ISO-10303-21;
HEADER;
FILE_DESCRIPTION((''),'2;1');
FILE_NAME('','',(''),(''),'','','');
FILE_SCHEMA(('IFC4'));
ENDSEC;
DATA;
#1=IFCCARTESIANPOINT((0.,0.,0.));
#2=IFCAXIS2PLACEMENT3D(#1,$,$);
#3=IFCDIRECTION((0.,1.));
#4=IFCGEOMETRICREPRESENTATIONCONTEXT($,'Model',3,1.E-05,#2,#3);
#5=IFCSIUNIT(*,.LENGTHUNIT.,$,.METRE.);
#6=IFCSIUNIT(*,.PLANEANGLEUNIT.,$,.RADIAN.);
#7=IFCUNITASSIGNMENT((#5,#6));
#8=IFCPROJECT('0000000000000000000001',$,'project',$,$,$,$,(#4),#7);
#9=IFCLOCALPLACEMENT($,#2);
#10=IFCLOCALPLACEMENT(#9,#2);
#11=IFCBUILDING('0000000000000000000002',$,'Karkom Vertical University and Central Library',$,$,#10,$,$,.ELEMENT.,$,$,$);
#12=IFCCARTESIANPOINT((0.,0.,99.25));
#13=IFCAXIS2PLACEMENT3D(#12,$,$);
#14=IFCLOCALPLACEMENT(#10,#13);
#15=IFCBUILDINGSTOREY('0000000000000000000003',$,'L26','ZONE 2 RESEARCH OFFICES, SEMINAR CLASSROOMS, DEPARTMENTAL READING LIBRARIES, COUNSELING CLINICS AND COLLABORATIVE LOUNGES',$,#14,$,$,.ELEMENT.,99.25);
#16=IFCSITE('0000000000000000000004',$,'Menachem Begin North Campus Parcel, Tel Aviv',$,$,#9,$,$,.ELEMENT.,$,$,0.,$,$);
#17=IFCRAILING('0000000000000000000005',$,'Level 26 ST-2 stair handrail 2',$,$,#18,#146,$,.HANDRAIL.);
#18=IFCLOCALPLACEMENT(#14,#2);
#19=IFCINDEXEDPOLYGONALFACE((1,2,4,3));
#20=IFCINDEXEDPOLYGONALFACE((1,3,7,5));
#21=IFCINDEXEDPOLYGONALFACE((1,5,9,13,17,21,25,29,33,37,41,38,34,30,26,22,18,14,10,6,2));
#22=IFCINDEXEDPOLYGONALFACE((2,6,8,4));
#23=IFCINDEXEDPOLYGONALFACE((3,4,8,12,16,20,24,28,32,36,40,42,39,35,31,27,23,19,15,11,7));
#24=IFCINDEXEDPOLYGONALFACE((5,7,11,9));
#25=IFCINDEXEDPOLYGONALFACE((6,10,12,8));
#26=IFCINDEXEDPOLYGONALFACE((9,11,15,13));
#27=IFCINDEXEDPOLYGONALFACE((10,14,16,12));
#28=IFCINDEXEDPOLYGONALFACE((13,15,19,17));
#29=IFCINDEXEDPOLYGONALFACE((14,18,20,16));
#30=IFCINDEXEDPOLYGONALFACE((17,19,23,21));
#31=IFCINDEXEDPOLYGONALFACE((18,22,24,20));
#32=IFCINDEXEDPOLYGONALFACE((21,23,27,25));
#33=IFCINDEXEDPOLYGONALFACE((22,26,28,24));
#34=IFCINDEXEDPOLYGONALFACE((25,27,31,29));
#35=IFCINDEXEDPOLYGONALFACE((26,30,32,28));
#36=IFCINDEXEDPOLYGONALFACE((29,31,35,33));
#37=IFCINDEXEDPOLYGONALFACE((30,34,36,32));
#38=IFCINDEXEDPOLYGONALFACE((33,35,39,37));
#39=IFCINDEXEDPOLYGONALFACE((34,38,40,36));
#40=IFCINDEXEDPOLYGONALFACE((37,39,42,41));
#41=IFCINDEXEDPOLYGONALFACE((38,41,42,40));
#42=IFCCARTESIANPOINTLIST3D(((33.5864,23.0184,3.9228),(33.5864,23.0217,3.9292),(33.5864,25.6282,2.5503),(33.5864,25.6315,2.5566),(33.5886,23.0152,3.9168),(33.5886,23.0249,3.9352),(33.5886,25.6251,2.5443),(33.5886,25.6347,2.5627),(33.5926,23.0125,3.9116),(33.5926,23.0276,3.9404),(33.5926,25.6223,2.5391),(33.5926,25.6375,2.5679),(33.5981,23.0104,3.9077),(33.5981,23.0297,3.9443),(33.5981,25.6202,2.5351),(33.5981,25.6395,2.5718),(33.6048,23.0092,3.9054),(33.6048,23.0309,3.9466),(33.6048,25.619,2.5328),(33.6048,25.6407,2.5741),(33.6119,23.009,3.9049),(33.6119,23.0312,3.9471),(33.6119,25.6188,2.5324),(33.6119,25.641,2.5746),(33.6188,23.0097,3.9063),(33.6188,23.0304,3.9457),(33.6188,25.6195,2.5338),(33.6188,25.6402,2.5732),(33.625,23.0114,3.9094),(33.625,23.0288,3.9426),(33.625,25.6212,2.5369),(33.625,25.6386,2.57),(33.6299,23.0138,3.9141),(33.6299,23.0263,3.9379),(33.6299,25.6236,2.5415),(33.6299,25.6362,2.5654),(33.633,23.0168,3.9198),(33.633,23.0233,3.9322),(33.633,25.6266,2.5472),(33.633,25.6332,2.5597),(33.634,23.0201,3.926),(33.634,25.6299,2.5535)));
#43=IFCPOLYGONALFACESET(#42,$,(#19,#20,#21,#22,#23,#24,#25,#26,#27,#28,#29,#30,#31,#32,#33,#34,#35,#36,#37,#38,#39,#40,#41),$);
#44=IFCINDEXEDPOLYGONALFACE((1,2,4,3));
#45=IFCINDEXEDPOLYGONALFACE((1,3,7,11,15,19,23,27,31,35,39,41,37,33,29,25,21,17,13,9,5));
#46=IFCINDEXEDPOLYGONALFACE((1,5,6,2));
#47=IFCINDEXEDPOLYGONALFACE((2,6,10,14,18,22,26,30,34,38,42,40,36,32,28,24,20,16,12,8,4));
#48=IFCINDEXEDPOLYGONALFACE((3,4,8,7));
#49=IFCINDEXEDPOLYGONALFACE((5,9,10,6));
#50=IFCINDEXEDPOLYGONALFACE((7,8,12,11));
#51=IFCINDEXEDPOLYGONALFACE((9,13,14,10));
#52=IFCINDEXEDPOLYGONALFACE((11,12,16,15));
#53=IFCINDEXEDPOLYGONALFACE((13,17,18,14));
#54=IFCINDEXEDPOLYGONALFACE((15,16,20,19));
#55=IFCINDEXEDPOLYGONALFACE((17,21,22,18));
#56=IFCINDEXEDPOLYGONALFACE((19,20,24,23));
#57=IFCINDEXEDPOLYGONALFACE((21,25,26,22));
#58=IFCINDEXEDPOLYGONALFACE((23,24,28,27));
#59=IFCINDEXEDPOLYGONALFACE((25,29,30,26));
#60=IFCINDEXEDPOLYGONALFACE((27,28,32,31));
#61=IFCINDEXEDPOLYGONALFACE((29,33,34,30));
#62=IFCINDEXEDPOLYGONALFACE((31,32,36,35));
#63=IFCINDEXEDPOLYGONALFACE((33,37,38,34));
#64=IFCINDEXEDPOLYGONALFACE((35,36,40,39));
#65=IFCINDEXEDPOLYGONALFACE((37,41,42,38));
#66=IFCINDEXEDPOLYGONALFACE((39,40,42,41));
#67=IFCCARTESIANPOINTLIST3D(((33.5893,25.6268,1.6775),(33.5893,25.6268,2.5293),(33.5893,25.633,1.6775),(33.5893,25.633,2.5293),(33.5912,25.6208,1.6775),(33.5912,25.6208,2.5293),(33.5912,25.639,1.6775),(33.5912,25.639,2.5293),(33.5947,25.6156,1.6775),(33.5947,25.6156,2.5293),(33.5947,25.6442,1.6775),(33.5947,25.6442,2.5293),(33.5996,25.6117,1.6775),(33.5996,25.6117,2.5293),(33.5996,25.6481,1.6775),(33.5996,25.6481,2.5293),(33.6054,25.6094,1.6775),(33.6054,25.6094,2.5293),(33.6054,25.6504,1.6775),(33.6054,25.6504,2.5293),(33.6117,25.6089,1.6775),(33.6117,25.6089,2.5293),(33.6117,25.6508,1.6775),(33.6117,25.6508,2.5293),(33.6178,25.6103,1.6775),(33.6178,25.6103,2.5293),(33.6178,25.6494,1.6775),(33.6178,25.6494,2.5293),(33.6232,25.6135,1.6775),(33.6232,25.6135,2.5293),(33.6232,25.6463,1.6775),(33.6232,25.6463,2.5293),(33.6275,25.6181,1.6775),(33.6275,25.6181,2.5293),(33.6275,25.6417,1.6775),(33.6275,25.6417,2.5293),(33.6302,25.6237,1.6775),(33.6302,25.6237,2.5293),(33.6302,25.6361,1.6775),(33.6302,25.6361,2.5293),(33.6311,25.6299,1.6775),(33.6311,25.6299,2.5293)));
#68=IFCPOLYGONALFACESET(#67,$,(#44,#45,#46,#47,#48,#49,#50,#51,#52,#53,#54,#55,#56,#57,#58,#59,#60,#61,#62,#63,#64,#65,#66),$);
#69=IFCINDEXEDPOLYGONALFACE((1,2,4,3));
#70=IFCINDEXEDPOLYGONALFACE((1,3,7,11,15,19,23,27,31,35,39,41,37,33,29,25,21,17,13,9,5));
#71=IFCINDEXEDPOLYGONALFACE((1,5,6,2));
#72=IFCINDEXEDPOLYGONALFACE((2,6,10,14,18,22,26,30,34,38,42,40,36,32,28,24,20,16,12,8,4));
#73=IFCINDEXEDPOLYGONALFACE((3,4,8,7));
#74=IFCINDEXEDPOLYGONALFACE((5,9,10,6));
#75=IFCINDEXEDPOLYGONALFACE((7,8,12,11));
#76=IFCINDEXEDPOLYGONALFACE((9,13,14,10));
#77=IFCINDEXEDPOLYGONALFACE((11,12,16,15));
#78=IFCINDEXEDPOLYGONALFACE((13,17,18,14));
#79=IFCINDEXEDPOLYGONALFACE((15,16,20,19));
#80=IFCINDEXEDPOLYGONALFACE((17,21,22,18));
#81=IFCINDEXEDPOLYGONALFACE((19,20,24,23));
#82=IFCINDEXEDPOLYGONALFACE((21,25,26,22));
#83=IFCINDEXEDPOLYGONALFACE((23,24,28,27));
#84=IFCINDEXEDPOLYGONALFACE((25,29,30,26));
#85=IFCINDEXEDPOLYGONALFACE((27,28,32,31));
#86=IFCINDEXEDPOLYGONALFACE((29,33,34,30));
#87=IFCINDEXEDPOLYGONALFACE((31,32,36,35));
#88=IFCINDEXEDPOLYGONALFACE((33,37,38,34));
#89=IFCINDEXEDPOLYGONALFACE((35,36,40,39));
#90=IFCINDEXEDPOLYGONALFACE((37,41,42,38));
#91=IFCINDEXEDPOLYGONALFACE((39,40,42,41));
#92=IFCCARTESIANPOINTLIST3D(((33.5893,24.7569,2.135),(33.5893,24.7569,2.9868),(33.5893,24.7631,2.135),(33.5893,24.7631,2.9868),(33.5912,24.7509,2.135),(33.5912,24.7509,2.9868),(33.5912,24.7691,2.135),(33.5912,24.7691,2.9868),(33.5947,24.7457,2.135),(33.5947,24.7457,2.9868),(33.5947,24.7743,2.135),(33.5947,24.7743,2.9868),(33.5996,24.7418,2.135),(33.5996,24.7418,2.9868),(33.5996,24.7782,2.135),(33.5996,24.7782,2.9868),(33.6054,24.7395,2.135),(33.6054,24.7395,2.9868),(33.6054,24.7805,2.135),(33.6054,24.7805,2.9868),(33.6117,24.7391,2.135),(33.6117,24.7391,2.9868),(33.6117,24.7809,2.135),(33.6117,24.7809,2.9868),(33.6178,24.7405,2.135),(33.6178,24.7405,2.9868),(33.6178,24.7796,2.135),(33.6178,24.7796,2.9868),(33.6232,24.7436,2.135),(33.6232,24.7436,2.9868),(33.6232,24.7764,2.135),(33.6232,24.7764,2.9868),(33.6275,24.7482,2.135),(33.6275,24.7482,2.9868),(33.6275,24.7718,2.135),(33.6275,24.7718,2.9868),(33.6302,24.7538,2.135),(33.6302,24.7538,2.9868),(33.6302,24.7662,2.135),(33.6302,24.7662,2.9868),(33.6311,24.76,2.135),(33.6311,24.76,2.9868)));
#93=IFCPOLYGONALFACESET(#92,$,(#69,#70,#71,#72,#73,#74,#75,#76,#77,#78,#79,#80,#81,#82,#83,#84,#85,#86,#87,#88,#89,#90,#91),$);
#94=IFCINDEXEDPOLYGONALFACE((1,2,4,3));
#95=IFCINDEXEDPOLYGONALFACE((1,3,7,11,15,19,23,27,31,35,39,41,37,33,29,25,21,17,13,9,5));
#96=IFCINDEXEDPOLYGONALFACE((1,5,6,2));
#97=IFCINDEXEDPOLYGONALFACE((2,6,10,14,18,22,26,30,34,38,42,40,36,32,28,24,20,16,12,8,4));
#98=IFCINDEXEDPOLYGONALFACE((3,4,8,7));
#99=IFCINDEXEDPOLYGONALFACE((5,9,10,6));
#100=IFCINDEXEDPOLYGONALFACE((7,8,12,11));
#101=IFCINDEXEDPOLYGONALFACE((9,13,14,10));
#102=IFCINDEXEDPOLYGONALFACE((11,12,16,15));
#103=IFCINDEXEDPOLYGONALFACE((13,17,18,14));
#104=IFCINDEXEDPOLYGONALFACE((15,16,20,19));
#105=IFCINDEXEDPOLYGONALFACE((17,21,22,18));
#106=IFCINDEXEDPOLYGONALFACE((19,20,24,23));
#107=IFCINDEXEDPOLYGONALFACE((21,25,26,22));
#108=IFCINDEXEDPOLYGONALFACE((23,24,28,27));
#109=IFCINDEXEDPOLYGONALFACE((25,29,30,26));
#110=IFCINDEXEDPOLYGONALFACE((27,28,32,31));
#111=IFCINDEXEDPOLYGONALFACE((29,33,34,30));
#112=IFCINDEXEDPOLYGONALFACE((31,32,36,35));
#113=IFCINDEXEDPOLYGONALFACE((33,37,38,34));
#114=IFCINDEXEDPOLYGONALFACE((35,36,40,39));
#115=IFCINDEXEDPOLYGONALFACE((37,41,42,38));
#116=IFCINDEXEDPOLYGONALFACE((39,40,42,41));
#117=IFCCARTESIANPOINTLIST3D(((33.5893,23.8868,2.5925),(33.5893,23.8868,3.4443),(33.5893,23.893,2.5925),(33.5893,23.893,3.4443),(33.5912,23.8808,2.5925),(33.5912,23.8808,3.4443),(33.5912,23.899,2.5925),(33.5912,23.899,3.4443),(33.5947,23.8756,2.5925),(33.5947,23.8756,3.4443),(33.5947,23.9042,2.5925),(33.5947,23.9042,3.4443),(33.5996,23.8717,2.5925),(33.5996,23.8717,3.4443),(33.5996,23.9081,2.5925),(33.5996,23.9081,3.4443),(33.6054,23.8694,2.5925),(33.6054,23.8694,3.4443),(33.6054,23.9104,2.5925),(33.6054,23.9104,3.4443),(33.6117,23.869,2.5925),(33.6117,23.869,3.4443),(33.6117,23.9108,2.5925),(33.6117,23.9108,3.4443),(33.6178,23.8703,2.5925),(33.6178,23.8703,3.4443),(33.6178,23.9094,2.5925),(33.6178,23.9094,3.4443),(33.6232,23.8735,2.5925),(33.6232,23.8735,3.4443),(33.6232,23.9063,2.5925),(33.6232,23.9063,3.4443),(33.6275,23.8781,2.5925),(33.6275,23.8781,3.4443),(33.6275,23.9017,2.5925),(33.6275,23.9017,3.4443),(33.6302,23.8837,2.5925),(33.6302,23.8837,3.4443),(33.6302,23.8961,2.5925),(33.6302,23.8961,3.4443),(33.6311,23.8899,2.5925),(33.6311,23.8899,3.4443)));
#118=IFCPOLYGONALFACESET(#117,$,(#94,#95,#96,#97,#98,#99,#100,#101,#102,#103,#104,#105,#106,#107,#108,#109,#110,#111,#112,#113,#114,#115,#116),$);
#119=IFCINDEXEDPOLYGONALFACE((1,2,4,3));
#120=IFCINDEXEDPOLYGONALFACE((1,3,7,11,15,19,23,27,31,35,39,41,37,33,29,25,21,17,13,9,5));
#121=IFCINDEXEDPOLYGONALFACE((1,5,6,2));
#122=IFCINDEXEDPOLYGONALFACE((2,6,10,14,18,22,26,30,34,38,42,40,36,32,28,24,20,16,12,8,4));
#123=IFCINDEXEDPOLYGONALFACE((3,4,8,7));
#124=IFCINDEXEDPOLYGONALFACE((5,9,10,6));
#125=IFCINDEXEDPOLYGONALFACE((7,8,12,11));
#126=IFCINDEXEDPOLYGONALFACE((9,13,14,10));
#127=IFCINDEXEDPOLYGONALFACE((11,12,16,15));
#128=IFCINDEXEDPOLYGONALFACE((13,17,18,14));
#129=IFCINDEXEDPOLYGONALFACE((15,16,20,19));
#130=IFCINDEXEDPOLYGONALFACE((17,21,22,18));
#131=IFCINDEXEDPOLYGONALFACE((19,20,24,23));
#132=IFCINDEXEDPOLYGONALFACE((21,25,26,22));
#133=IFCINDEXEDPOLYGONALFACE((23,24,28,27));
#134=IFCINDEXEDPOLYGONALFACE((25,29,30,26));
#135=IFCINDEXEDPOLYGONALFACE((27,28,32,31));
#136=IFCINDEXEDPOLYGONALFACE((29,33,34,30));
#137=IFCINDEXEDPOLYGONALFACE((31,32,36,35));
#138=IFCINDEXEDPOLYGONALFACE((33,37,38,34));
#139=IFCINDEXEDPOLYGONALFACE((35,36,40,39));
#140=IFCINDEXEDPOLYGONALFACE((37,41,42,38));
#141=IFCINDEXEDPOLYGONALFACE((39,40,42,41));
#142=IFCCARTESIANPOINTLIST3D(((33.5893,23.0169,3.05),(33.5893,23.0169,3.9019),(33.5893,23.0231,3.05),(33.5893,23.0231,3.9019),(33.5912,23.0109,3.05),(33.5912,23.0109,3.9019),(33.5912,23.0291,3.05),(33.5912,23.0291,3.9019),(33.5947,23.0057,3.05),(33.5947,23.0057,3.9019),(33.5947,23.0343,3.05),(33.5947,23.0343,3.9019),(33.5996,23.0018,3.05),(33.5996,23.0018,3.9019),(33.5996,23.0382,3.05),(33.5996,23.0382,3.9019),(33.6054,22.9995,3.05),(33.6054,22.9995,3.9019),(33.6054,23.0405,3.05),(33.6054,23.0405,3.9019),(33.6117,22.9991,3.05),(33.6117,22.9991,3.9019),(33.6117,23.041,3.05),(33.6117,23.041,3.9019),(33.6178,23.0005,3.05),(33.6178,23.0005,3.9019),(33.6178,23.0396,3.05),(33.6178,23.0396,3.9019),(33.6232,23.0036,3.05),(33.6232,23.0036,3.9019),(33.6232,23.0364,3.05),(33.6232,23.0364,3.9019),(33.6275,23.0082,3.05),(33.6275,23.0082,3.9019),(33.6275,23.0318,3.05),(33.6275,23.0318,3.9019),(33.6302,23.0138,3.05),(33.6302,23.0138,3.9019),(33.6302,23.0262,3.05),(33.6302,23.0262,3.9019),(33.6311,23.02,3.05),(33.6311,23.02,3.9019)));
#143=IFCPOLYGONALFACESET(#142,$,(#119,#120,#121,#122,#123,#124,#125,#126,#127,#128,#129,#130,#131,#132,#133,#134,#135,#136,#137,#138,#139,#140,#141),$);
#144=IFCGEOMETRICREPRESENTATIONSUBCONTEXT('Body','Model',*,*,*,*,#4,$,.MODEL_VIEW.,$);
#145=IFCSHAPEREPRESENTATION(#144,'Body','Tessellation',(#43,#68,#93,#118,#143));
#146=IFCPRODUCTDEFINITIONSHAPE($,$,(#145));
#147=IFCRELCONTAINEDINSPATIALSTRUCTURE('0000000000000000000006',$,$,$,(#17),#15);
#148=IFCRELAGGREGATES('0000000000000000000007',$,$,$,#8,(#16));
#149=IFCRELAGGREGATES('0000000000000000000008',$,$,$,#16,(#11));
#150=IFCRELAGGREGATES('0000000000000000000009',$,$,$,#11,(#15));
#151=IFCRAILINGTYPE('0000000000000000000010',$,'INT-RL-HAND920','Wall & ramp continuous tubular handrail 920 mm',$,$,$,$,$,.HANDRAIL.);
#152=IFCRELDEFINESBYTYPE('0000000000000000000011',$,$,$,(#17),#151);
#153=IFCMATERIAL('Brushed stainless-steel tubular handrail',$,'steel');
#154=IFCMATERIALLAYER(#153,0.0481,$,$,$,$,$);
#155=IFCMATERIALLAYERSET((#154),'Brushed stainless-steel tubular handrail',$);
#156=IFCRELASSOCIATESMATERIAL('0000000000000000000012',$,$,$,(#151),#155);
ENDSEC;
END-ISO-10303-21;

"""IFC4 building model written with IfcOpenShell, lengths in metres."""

from ifc_helpers import new_model, si_unit, direction, frame, origin, origin_2d, place, context, subcontext, project, spatial, circle, extrude, material, layer, layer_set, type_object, element, save


model = new_model("IFC4")

# Units and contexts
model_context = context("Model", 3, precision=1e-05, world=origin(), true_north=direction((0.0, 1.0)))
body_context = subcontext(model_context, "Body", "Model", "MODEL_VIEW")
ifc_project = project(units=[si_unit("LENGTHUNIT", "METRE"), si_unit("PLANEANGLEUNIT", "RADIAN")], contexts=[model_context])

# Site, building, storey
site_placement = place(None, origin())
site = spatial("IfcSite", under=ifc_project, at=site_placement, Name="Menachem Begin North Campus Parcel, Tel Aviv", CompositionType="ELEMENT", RefElevation=0.0)
building_placement = place(site_placement, origin())
building = spatial("IfcBuilding", under=site, at=building_placement, Name="Karkom Vertical University and Central Library", CompositionType="ELEMENT")
storey_placement = place(building_placement, frame((0.0, 0.0, 99.25)))
storey = spatial("IfcBuildingStorey", under=building, at=storey_placement, Name="L26", Description="ZONE 2 RESEARCH OFFICES, SEMINAR CLASSROOMS, DEPARTMENTAL READING LIBRARIES, COUNSELING CLINICS AND COLLABORATIVE LOUNGES", CompositionType="ELEMENT", Elevation=99.25)

# Railing
ifc_material_1 = material(Name="Brushed stainless-steel tubular handrail", Category="steel")
ifc_layer_1 = layer(ifc_material_1, 0.0481)
ifc_layer_set_1 = layer_set([ifc_layer_1], Name="Brushed stainless-steel tubular handrail")
railing_type_1 = type_object("IfcRailingType", Name="INT-RL-HAND920", Description="Wall & ramp continuous tubular handrail 920 mm", PredefinedType="HANDRAIL", material=ifc_layer_set_1)
railing_1_placement = place(storey_placement, frame((33.6101, 25.6299, 1.6775)))
element("IfcRailing", 1, at=railing_1_placement, inside=storey, type_object=railing_type_1, Name="Level 26 ST-2 stair handrail 2", PredefinedType="HANDRAIL", context=body_context, shape_type="SweptSolid", body=[
    extrude(circle(Radius=0.0239, at=origin_2d()), frame((0.0, 0.0, 0.876), z_axis=(0.0, -0.885065, 0.465467), x_axis=(1.0, 0.0, 0.0)), (0.0, 0.0, 1.0), 2.9487),
    extrude(circle(Radius=0.021, at=origin_2d()), origin(), (0.0, 0.0, 1.0), 0.8518),
    extrude(circle(Radius=0.021, at=origin_2d()), frame((0.0, -0.8699, 0.4575)), (0.0, 0.0, 1.0), 0.8518),
    extrude(circle(Radius=0.021, at=origin_2d()), frame((0.0, -1.74, 0.915)), (0.0, 0.0, 1.0), 0.8518),
    extrude(circle(Radius=0.021, at=origin_2d()), frame((0.0, -2.6099, 1.3726)), (0.0, 0.0, 1.0), 0.8518),
])

save(model, "model.ifc")
